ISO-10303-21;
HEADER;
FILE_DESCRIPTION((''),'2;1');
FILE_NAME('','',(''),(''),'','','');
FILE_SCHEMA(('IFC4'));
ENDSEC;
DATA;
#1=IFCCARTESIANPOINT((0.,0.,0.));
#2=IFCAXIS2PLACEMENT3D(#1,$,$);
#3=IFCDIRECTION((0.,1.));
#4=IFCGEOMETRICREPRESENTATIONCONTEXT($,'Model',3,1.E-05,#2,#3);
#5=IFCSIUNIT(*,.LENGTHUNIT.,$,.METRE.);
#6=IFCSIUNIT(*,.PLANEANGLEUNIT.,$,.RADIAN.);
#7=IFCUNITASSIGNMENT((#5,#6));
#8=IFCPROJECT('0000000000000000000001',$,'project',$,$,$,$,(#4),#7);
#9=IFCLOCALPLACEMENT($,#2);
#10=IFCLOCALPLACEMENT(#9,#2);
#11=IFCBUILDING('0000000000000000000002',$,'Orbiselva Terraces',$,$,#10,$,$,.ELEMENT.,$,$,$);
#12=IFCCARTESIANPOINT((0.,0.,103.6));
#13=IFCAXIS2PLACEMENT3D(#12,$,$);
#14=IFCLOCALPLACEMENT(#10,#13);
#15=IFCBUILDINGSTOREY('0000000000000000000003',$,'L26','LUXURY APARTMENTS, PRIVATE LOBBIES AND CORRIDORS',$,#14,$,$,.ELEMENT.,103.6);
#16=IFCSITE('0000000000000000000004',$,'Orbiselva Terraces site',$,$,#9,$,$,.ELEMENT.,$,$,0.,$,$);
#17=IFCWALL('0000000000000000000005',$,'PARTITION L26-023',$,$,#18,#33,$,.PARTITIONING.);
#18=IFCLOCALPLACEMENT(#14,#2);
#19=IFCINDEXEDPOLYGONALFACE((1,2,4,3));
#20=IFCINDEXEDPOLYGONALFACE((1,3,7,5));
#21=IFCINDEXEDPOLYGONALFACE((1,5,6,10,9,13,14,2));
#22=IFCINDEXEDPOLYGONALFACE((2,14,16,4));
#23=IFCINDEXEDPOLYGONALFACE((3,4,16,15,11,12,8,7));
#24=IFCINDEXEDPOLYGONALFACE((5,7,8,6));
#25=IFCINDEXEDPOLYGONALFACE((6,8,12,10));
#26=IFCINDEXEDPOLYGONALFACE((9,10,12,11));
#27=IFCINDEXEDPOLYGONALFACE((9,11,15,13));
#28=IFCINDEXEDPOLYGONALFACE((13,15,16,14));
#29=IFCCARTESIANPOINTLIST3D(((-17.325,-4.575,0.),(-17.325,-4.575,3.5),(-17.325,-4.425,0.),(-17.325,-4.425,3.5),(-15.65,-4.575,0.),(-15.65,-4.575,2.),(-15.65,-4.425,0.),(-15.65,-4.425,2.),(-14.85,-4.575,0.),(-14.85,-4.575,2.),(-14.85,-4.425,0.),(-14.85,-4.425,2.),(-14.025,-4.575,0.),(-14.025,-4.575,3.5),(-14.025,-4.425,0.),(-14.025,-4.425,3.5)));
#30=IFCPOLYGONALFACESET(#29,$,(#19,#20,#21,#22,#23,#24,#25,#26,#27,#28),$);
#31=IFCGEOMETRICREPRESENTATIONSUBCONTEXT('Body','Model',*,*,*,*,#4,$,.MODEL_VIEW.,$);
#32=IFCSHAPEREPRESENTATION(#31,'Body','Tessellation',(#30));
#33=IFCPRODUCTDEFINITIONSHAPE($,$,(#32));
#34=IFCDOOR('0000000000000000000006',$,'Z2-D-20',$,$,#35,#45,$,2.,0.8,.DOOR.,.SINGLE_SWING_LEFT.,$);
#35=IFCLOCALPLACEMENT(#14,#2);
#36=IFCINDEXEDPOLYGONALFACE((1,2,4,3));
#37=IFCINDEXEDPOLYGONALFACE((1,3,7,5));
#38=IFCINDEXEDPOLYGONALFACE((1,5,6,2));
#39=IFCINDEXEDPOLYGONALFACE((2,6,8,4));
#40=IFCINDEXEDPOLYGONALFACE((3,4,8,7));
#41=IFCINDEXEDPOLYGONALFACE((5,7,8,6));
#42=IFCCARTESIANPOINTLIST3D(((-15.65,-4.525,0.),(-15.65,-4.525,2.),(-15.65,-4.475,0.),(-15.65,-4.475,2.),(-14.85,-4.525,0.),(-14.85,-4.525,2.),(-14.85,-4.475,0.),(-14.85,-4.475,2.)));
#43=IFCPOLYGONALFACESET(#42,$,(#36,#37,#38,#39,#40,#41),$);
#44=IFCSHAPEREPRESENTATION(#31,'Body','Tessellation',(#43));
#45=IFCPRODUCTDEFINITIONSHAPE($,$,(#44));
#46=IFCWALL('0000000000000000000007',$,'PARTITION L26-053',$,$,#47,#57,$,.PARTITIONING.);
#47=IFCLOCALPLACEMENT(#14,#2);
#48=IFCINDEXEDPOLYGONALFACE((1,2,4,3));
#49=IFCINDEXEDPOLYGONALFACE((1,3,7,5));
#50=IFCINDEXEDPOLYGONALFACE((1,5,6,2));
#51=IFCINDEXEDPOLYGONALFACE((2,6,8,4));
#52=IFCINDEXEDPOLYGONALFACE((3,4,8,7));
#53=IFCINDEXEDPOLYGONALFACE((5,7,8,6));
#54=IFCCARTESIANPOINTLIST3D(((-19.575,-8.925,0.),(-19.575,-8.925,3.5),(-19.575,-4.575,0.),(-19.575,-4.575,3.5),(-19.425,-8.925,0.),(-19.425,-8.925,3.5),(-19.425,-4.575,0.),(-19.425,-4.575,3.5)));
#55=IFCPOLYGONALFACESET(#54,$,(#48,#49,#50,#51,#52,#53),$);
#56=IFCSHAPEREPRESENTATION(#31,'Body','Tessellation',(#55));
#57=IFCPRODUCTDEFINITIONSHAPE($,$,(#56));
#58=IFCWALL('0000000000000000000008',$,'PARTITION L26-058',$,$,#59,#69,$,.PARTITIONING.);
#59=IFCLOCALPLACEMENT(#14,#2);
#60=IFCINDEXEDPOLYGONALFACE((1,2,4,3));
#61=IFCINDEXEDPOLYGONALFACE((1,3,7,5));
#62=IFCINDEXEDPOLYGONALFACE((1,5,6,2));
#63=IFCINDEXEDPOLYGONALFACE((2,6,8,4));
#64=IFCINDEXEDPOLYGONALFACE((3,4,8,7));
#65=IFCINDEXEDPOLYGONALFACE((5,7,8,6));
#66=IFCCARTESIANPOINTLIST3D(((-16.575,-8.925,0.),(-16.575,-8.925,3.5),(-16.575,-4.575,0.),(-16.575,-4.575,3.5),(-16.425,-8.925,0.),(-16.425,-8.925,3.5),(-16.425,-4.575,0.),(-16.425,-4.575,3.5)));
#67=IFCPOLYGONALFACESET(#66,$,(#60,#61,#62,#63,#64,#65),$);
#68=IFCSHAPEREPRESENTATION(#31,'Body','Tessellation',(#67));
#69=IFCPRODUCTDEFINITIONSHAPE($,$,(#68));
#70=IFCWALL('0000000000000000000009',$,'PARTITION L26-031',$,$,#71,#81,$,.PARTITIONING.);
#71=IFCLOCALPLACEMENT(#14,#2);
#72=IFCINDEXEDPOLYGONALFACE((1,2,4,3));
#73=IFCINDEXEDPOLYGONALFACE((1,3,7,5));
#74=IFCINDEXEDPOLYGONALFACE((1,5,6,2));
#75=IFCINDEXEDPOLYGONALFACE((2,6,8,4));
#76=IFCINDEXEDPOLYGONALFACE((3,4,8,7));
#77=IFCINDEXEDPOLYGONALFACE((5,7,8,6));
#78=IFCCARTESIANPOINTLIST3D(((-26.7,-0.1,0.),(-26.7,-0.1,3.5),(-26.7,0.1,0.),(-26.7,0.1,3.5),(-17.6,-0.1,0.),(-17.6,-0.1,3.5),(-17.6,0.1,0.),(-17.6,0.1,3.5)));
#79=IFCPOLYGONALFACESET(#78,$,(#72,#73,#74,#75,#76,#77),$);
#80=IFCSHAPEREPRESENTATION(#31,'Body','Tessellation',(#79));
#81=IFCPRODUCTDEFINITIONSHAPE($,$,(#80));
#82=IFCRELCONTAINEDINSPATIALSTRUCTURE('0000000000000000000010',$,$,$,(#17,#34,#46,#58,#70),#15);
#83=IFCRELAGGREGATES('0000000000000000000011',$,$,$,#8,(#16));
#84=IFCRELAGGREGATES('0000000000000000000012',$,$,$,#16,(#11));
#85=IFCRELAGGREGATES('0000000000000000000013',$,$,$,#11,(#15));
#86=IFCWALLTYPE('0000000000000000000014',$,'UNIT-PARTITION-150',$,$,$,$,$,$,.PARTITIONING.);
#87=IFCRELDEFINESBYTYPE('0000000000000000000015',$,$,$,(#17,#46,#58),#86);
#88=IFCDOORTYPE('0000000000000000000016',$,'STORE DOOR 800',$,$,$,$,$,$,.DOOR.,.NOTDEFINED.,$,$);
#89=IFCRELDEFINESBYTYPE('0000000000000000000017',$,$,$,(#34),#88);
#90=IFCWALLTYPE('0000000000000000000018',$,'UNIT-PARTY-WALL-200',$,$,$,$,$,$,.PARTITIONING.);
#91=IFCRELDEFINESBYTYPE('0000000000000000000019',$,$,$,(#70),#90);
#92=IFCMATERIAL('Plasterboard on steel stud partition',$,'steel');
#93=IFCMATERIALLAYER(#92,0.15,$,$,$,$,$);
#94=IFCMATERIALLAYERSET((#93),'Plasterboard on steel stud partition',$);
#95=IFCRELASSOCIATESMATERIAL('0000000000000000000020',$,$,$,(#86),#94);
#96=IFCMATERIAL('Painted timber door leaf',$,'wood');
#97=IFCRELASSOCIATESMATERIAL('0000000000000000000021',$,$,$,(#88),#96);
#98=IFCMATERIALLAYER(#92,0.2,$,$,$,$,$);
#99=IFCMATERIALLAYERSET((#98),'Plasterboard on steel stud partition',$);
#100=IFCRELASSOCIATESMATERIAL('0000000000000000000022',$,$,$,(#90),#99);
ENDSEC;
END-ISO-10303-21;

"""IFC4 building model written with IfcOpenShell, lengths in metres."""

from ifc_helpers import new_model, si_unit, direction, frame, frame_2d, origin, place, context, subcontext, project, spatial, rectangle, extrude, material, layer, layer_set, type_object, element, fill, save


model = new_model("IFC4")

# Units and contexts
model_context = context("Model", 3, precision=1e-05, world=origin(), true_north=direction((0.0, 1.0)))
body_context = subcontext(model_context, "Body", "Model", "MODEL_VIEW")
ifc_project = project(units=[si_unit("LENGTHUNIT", "METRE"), si_unit("PLANEANGLEUNIT", "RADIAN")], contexts=[model_context])

# Site, building, storey
site_placement = place(None, origin())
site = spatial("IfcSite", under=ifc_project, at=site_placement, Name="Orbiselva Terraces site", CompositionType="ELEMENT", RefElevation=0.0)
building_placement = place(site_placement, origin())
building = spatial("IfcBuilding", under=site, at=building_placement, Name="Orbiselva Terraces", CompositionType="ELEMENT")
storey_placement = place(building_placement, frame((0.0, 0.0, 103.6)))
storey = spatial("IfcBuildingStorey", under=building, at=storey_placement, Name="L26", Description="LUXURY APARTMENTS, PRIVATE LOBBIES AND CORRIDORS", CompositionType="ELEMENT", Elevation=103.6)

# Shared definitions
ifc_material_1 = material(Name="Plasterboard on steel stud partition", Category="steel")

# Shared definitions
ifc_layer_1 = layer(ifc_material_1, 0.15)
ifc_layer_set_1 = layer_set([ifc_layer_1], Name="Plasterboard on steel stud partition")
wall_type_1 = type_object("IfcWallType", Name="UNIT-PARTITION-150", PredefinedType="PARTITIONING", material=ifc_layer_set_1)
ifc_material_2 = material(Name="Painted timber door leaf", Category="wood")
door_type_1 = type_object("IfcDoorType", Name="STORE DOOR 800", OperationType="NOTDEFINED", PredefinedType="DOOR", material=ifc_material_2)

# Wall, opening, door
wall_1_placement = place(storey_placement, frame((-14.025, -4.5, 0.0), z_axis=(0.0, 0.0, 1.0), x_axis=(-1.0, 0.0, 0.0)))
wall_1 = element("IfcWall", 1, at=wall_1_placement, inside=storey, type_object=wall_type_1, Name="PARTITION L26-023", PredefinedType="PARTITIONING", context=body_context, shape_type="SweptSolid", body=[
    extrude(rectangle(XDim=3.3, YDim=0.15, at=frame_2d((1.65, 0.0))), origin(), (0.0, 0.0, 1.0), 3.5),
])
opening_1_placement = place(wall_1_placement, frame((0.825, 0.0, 0.0)))
opening_1 = element("IfcOpeningElement", 2, at=opening_1_placement, cuts=wall_1, PredefinedType="OPENING", context=body_context, shape_type="SweptSolid", body=[
    extrude(rectangle(XDim=0.8, YDim=2.0, at=frame_2d((0.4, 1.0))), frame((0.0, 0.085, 0.0), z_axis=(0.0, -1.0, 0.0), x_axis=(1.0, 0.0, 0.0)), (0.0, 0.0, 1.0), 0.17),
])
door_1_placement = place(opening_1_placement, origin())
door_1 = element("IfcDoor", 3, at=door_1_placement, inside=storey, type_object=door_type_1, Name="Z2-D-20", OperationType="SINGLE_SWING_LEFT", OverallHeight=2.0, OverallWidth=0.8, PredefinedType="DOOR", context=body_context, shape_type="SweptSolid", body=[
    extrude(rectangle(XDim=0.8, YDim=2.0, at=frame_2d((0.4, 1.0))), frame((0.0, 0.025, 0.0), z_axis=(0.0, -1.0, 0.0), x_axis=(1.0, 0.0, 0.0)), (0.0, 0.0, 1.0), 0.05),
])
fill(opening_1, door_1)

# Walls
for number, where, z_axis, x_axis, name in (
    (4, (-19.5, -8.925, 0.0), (0.0, 0.0, 1.0), (0.0, 1.0, 0.0), "PARTITION L26-053"),
    (5, (-16.5, -8.925, 0.0), (0.0, 0.0, 1.0), (0.0, 1.0, 0.0), "PARTITION L26-058"),
):
    element("IfcWall", number, at=place(storey_placement, frame(where, z_axis=z_axis, x_axis=x_axis)), inside=storey, type_object=wall_type_1, Name=name, PredefinedType="PARTITIONING", context=body_context, shape_type="SweptSolid", body=[
        extrude(rectangle(XDim=4.35, YDim=0.15, at=frame_2d((2.175, 0.0))), origin(), (0.0, 0.0, 1.0), 3.5),
    ])
ifc_layer_2 = layer(ifc_material_1, 0.2)
ifc_layer_set_2 = layer_set([ifc_layer_2], Name="Plasterboard on steel stud partition")
wall_type_2 = type_object("IfcWallType", Name="UNIT-PARTY-WALL-200", PredefinedType="PARTITIONING", material=ifc_layer_set_2)
wall_2_placement = place(storey_placement, frame((-26.7, 0.0, 0.0), z_axis=(0.0, 0.0, 1.0), x_axis=(1.0, 0.0, 0.0)))
element("IfcWall", 6, at=wall_2_placement, inside=storey, type_object=wall_type_2, Name="PARTITION L26-031", PredefinedType="PARTITIONING", context=body_context, shape_type="SweptSolid", body=[
    extrude(rectangle(XDim=9.1, YDim=0.2, at=frame_2d((4.55, 0.0))), origin(), (0.0, 0.0, 1.0), 3.5),
])

save(model, "model.ifc")
